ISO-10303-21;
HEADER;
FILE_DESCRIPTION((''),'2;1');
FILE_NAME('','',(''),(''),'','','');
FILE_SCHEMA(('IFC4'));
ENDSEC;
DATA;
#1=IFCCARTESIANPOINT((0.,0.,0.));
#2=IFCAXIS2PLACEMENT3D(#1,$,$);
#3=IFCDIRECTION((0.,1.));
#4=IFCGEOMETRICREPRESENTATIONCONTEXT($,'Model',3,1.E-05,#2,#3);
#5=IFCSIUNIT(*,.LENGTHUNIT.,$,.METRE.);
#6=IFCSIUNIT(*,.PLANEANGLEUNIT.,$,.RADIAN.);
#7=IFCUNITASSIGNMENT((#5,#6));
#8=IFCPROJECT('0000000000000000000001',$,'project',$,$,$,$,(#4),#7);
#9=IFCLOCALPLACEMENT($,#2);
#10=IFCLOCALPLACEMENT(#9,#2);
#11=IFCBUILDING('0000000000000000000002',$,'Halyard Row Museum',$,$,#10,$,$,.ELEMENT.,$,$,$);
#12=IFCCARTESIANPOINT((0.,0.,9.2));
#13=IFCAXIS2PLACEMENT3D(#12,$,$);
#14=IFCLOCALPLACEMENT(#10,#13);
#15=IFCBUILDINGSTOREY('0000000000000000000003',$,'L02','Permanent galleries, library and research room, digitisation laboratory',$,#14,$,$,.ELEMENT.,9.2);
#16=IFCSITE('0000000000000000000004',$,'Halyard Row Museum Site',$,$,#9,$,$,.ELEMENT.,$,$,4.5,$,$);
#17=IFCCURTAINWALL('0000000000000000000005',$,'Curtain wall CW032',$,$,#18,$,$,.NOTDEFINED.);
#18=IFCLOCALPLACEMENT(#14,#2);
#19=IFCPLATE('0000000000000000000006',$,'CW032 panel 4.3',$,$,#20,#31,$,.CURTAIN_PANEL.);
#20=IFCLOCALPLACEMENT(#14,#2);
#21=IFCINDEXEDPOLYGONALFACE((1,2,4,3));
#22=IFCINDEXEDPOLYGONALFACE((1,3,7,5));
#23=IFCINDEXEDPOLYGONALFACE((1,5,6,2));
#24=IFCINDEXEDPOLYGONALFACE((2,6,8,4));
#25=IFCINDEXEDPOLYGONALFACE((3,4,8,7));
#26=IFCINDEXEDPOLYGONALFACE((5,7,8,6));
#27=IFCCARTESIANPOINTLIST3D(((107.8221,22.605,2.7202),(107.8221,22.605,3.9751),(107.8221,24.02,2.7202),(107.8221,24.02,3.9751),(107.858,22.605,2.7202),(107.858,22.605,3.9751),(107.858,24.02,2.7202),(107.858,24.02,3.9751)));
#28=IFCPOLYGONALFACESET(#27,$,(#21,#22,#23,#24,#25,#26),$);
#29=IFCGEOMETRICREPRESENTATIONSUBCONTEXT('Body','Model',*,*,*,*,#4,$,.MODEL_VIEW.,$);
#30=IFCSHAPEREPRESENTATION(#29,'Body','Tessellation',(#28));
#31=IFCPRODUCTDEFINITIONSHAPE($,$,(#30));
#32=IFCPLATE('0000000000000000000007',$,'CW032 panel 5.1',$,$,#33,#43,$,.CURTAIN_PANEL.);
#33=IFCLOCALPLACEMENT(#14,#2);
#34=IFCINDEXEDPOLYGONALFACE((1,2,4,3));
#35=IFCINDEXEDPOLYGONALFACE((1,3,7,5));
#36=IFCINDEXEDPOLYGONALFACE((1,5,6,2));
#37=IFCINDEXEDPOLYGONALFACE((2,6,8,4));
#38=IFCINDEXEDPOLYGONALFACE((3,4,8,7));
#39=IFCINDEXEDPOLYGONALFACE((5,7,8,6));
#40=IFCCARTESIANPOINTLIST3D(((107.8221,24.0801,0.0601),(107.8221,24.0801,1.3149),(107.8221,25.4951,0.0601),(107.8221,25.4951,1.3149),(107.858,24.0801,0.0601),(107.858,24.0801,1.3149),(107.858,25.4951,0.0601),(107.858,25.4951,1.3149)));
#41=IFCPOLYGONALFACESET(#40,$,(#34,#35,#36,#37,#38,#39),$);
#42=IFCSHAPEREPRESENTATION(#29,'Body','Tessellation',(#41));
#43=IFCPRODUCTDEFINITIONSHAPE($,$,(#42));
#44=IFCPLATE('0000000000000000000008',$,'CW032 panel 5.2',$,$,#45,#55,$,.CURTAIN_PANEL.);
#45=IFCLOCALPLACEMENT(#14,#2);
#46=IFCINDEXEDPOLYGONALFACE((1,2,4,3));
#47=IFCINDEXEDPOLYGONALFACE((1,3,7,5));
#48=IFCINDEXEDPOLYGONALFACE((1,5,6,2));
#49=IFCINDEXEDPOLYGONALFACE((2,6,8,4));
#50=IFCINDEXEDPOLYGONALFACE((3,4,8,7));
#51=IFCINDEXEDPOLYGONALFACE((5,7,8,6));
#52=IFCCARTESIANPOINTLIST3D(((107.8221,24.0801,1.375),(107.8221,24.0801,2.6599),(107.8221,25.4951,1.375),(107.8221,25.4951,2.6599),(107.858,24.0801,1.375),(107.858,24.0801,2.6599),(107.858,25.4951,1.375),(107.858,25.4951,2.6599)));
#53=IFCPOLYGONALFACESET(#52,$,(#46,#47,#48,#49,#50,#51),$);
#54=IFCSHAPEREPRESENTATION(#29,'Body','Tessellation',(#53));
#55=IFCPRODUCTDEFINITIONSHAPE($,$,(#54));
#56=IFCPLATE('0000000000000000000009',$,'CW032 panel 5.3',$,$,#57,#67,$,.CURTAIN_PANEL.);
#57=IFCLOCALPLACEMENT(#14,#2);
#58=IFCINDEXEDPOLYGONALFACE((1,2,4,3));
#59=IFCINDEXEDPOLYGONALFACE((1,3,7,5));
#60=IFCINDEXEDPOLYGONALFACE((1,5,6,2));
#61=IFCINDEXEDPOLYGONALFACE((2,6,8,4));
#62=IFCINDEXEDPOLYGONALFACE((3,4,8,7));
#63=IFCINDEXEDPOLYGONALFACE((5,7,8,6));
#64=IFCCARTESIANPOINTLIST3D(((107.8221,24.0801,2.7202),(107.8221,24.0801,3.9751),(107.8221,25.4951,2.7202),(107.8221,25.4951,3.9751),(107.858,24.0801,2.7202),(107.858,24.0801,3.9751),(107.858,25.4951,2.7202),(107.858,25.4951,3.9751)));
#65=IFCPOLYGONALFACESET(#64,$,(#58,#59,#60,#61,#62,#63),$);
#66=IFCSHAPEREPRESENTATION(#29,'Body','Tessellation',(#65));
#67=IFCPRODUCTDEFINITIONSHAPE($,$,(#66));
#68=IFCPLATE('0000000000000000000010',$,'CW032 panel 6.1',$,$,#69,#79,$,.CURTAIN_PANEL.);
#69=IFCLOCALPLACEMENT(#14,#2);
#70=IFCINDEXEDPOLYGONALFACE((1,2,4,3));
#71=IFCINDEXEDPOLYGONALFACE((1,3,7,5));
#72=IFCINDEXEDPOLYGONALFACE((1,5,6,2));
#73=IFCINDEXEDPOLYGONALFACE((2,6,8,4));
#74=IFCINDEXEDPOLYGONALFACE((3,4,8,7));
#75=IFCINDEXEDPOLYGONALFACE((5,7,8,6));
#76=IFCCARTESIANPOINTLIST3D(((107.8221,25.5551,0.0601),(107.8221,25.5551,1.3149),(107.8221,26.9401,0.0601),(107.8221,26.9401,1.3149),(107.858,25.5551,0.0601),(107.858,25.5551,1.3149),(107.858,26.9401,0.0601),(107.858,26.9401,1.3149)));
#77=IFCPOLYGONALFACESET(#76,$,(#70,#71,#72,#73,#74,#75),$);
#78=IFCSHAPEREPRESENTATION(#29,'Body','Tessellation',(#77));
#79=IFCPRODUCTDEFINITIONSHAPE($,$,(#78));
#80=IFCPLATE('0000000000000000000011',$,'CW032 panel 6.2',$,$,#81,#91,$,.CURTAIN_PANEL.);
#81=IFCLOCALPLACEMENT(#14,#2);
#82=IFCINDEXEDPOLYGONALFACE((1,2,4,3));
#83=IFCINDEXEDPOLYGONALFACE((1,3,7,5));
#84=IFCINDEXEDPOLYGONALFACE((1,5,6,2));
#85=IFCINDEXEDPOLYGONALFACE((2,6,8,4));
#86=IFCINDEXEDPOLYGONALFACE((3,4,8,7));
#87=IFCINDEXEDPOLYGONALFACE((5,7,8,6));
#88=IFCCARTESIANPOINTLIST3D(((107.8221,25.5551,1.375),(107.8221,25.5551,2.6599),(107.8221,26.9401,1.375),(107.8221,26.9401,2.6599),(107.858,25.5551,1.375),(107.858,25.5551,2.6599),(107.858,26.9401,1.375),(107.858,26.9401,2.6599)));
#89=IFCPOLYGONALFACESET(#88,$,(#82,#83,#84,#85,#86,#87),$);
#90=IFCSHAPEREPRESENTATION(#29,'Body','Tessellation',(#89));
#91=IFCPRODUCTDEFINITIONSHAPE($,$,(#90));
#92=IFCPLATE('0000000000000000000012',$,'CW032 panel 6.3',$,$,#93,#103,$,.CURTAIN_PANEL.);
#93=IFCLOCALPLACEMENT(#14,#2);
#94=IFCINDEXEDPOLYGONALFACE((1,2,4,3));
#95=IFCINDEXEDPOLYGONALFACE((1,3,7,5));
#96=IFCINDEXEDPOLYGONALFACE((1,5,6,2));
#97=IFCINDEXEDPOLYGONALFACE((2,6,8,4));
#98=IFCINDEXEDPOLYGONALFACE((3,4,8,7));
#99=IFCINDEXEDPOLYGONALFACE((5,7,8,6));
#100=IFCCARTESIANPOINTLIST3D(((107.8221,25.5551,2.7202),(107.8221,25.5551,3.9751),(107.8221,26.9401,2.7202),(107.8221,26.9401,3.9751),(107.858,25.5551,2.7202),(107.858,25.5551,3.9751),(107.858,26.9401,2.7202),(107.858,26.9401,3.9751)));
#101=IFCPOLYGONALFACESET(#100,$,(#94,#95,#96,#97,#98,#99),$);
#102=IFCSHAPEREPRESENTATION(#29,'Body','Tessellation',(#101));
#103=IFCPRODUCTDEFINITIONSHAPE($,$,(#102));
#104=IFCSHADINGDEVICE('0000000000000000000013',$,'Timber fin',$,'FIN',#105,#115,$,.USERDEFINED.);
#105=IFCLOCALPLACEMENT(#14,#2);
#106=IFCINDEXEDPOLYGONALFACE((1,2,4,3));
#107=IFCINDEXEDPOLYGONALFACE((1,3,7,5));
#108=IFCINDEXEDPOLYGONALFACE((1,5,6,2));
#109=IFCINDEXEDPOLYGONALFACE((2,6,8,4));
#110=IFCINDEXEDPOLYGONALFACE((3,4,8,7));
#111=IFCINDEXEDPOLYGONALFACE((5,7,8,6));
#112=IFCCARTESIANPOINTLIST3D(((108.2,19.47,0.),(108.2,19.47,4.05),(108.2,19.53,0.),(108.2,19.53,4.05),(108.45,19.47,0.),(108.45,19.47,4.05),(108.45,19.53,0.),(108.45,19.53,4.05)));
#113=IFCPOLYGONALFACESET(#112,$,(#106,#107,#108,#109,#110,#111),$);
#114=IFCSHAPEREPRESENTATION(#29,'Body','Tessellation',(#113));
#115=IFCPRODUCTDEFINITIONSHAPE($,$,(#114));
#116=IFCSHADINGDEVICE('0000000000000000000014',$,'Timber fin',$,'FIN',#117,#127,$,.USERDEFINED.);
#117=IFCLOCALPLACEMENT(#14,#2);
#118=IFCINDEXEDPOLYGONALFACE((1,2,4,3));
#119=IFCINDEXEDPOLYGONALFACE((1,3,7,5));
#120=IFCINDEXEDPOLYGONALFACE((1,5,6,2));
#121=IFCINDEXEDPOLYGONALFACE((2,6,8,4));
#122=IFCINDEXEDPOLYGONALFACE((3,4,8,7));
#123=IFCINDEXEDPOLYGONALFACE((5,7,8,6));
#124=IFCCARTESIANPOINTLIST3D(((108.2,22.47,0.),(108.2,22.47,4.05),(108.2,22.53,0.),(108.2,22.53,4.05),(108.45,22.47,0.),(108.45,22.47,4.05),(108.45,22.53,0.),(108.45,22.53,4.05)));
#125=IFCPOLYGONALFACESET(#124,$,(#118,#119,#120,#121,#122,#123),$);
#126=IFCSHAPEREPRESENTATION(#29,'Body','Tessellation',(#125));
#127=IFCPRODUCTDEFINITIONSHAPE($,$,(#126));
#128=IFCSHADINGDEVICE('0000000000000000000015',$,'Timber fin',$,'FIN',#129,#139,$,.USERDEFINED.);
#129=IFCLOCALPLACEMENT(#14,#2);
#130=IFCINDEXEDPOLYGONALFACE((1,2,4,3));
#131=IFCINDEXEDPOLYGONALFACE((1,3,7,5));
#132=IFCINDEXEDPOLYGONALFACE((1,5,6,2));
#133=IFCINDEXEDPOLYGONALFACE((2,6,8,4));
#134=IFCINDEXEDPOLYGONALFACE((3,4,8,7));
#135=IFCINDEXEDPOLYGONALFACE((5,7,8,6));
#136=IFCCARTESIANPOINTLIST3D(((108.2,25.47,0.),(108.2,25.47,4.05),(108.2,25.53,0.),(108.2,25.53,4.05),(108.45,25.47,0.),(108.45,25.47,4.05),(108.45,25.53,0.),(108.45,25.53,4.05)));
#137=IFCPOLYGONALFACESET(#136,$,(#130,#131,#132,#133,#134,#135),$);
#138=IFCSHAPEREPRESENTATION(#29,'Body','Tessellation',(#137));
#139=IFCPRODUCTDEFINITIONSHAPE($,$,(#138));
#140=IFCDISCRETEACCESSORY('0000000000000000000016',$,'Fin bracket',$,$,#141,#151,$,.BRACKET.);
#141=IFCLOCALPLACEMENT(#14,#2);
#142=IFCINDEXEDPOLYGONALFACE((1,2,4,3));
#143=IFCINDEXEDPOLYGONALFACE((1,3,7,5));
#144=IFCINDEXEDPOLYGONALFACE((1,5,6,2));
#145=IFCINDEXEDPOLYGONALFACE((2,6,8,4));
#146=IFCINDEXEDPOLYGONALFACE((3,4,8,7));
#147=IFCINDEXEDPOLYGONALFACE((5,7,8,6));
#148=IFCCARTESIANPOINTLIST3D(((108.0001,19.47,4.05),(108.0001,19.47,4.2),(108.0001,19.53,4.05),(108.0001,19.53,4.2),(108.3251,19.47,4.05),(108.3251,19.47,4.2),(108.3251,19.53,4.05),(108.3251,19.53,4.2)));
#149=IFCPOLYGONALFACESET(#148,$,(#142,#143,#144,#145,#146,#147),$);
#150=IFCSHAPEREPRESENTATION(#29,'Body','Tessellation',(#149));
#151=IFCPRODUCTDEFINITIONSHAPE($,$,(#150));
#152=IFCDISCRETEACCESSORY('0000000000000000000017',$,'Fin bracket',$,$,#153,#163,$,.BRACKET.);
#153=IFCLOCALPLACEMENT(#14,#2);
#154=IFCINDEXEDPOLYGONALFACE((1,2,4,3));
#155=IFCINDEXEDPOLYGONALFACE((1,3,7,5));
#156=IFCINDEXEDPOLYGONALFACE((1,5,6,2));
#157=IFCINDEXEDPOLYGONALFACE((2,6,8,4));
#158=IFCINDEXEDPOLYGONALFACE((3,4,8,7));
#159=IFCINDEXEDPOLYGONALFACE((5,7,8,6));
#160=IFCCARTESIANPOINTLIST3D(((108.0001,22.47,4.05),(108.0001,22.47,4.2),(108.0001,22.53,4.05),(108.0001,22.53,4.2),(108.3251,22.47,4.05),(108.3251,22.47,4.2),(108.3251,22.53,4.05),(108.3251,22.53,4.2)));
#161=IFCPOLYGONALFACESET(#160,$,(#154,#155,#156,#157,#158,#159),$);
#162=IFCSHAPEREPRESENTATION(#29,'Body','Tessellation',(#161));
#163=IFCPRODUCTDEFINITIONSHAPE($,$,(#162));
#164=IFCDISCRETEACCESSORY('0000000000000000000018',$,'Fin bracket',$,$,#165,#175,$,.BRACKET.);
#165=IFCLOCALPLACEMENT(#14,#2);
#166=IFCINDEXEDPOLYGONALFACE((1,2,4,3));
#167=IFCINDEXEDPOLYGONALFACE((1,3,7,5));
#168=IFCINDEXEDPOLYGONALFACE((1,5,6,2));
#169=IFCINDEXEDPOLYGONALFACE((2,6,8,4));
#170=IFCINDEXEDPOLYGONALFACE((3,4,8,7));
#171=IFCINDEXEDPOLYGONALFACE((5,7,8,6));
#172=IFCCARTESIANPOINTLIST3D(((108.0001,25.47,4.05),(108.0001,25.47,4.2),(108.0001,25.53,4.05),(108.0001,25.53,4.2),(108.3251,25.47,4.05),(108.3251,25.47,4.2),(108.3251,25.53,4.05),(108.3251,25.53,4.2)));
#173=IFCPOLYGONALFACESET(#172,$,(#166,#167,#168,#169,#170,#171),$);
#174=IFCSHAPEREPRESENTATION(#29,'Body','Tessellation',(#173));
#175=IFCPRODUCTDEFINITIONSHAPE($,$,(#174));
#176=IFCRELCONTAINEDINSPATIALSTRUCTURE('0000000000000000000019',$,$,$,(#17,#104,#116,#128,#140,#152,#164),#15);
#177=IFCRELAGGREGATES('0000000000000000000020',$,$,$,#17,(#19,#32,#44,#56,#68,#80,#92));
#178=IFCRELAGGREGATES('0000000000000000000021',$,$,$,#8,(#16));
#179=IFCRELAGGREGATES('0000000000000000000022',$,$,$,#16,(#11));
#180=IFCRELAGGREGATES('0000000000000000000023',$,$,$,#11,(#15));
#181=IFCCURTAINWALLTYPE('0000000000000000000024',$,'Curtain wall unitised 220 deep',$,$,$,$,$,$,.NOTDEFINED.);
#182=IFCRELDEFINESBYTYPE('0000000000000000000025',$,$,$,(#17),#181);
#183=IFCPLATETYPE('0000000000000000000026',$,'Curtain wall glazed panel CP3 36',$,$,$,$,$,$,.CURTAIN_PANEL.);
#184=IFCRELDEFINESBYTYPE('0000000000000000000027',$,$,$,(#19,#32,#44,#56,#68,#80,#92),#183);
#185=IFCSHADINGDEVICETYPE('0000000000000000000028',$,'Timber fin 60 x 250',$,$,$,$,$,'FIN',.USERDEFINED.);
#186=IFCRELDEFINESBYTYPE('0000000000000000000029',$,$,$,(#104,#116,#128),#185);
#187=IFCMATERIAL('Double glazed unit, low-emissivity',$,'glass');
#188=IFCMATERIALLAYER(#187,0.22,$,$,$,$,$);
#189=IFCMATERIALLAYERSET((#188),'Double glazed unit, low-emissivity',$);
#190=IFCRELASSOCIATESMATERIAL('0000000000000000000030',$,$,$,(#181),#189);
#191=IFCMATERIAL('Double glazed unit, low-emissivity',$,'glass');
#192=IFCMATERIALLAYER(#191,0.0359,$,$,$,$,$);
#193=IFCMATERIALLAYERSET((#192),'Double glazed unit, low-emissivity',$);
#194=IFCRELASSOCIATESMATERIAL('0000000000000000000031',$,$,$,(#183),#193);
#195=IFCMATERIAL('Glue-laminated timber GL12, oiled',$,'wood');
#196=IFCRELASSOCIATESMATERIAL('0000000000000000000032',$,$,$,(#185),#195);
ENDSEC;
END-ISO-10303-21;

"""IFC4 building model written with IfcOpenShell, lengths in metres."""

from ifc_helpers import new_model, si_unit, direction, frame, origin, origin_2d, place, context, subcontext, project, spatial, rectangle, extrude, material, layer, layer_set, type_object, element, aggregate, save


model = new_model("IFC4")

# Units and contexts
model_context = context("Model", 3, precision=1e-05, world=origin(), true_north=direction((0.0, 1.0)))
body_context = subcontext(model_context, "Body", "Model", "MODEL_VIEW")
ifc_project = project(units=[si_unit("LENGTHUNIT", "METRE"), si_unit("PLANEANGLEUNIT", "RADIAN")], contexts=[model_context])

# Site, building, storey
site_placement = place(None, origin())
site = spatial("IfcSite", under=ifc_project, at=site_placement, Name="Halyard Row Museum Site", CompositionType="ELEMENT", RefElevation=4.5)
building_placement = place(site_placement, origin())
building = spatial("IfcBuilding", under=site, at=building_placement, Name="Halyard Row Museum", CompositionType="ELEMENT")
storey_placement = place(building_placement, frame((0.0, 0.0, 9.2)))
storey = spatial("IfcBuildingStorey", under=building, at=storey_placement, Name="L02", Description="Permanent galleries, library and research room, digitisation laboratory", CompositionType="ELEMENT", Elevation=9.2)

# Curtain wall, plates
ifc_material_1 = material(Name="Double glazed unit, low-emissivity", Category="glass")
ifc_layer_1 = layer(ifc_material_1, 0.22)
ifc_layer_set_1 = layer_set([ifc_layer_1], Name="Double glazed unit, low-emissivity")
curtain_wall_type = type_object("IfcCurtainWallType", Name="Curtain wall unitised 220 deep", PredefinedType="NOTDEFINED", material=ifc_layer_set_1)
curtain_wall_placement = place(storey_placement, origin())
curtain_wall = element("IfcCurtainWall", 1, at=curtain_wall_placement, inside=storey, type_object=curtain_wall_type, Name="Curtain wall CW032", PredefinedType="NOTDEFINED")
ifc_material_2 = material(Name="Double glazed unit, low-emissivity", Category="glass")
ifc_layer_2 = layer(ifc_material_2, 0.0359)
ifc_layer_set_2 = layer_set([ifc_layer_2], Name="Double glazed unit, low-emissivity")
plate_type = type_object("IfcPlateType", Name="Curtain wall glazed panel CP3 36", PredefinedType="CURTAIN_PANEL", material=ifc_layer_set_2)
plate_1_placement = place(storey_placement, frame((107.8401, 23.3125, 2.7202), z_axis=(0.0, 0.0, 1.0), x_axis=(0.0, 1.0, 0.0)))
plate_1 = element("IfcPlate", 2, at=plate_1_placement, type_object=plate_type, Name="CW032 panel 4.3", PredefinedType="CURTAIN_PANEL", context=body_context, shape_type="SweptSolid", body=[
    extrude(rectangle(XDim=1.415, YDim=0.0359, at=origin_2d()), origin(), (0.0, 0.0, 1.0), 1.2549),
])
plate_2_placement = place(storey_placement, frame((107.8401, 24.7876, 0.0601), z_axis=(0.0, 0.0, 1.0), x_axis=(0.0, 1.0, 0.0)))
plate_2 = element("IfcPlate", 3, at=plate_2_placement, type_object=plate_type, Name="CW032 panel 5.1", PredefinedType="CURTAIN_PANEL", context=body_context, shape_type="SweptSolid", body=[
    extrude(rectangle(XDim=1.415, YDim=0.0359, at=origin_2d()), origin(), (0.0, 0.0, 1.0), 1.2549),
])
plate_3_placement = place(storey_placement, frame((107.8401, 24.7876, 1.375), z_axis=(0.0, 0.0, 1.0), x_axis=(0.0, 1.0, 0.0)))
plate_3 = element("IfcPlate", 4, at=plate_3_placement, type_object=plate_type, Name="CW032 panel 5.2", PredefinedType="CURTAIN_PANEL", context=body_context, shape_type="SweptSolid", body=[
    extrude(rectangle(XDim=1.415, YDim=0.0359, at=origin_2d()), origin(), (0.0, 0.0, 1.0), 1.2849),
])
plate_4_placement = place(storey_placement, frame((107.8401, 24.7876, 2.7202), z_axis=(0.0, 0.0, 1.0), x_axis=(0.0, 1.0, 0.0)))
plate_4 = element("IfcPlate", 5, at=plate_4_placement, type_object=plate_type, Name="CW032 panel 5.3", PredefinedType="CURTAIN_PANEL", context=body_context, shape_type="SweptSolid", body=[
    extrude(rectangle(XDim=1.415, YDim=0.0359, at=origin_2d()), origin(), (0.0, 0.0, 1.0), 1.2549),
])
plate_5_placement = place(storey_placement, frame((107.8401, 26.2476, 0.0601), z_axis=(0.0, 0.0, 1.0), x_axis=(0.0, 1.0, 0.0)))
plate_5 = element("IfcPlate", 6, at=plate_5_placement, type_object=plate_type, Name="CW032 panel 6.1", PredefinedType="CURTAIN_PANEL", context=body_context, shape_type="SweptSolid", body=[
    extrude(rectangle(XDim=1.385, YDim=0.0359, at=origin_2d()), origin(), (0.0, 0.0, 1.0), 1.2549),
])
plate_6_placement = place(storey_placement, frame((107.8401, 26.2476, 1.375), z_axis=(0.0, 0.0, 1.0), x_axis=(0.0, 1.0, 0.0)))
plate_6 = element("IfcPlate", 7, at=plate_6_placement, type_object=plate_type, Name="CW032 panel 6.2", PredefinedType="CURTAIN_PANEL", context=body_context, shape_type="SweptSolid", body=[
    extrude(rectangle(XDim=1.385, YDim=0.0359, at=origin_2d()), origin(), (0.0, 0.0, 1.0), 1.2849),
])
plate_7_placement = place(storey_placement, frame((107.8401, 26.2476, 2.7202), z_axis=(0.0, 0.0, 1.0), x_axis=(0.0, 1.0, 0.0)))
plate_7 = element("IfcPlate", 8, at=plate_7_placement, type_object=plate_type, Name="CW032 panel 6.3", PredefinedType="CURTAIN_PANEL", context=body_context, shape_type="SweptSolid", body=[
    extrude(rectangle(XDim=1.385, YDim=0.0359, at=origin_2d()), origin(), (0.0, 0.0, 1.0), 1.2549),
])
aggregate(curtain_wall, [plate_1, plate_2, plate_3, plate_4, plate_5, plate_6, plate_7])

# Shading devices
ifc_material_3 = material(Name="Glue-laminated timber GL12, oiled", Category="wood")
shading_device_type = type_object("IfcShadingDeviceType", Name="Timber fin 60 x 250", ElementType="FIN", PredefinedType="USERDEFINED", material=ifc_material_3)
for number, where, z_axis, x_axis, name in (
    (9, (108.325, 19.5, 0.0), (0.0, 0.0, 1.0), (1.0, 0.0, 0.0), "Timber fin"),
    (10, (108.325, 22.5, 0.0), (0.0, 0.0, 1.0), (1.0, 0.0, 0.0), "Timber fin"),
    (11, (108.325, 25.5, 0.0), (0.0, 0.0, 1.0), (1.0, 0.0, 0.0), "Timber fin"),
):
    element("IfcShadingDevice", number, at=place(storey_placement, frame(where, z_axis=z_axis, x_axis=x_axis)), inside=storey, type_object=shading_device_type, Name=name, ObjectType="FIN", PredefinedType="USERDEFINED", context=body_context, shape_type="SweptSolid", body=[
        extrude(rectangle(XDim=0.25, YDim=0.0601, at=origin_2d()), origin(), (0.0, 0.0, 1.0), 4.05),
    ])

# Discrete accessories
for number, where, z_axis, x_axis, name in (
    (12, (108.1626, 19.5, 4.05), (0.0, 0.0, 1.0), (1.0, 0.0, 0.0), "Fin bracket"),
    (13, (108.1626, 22.5, 4.05), (0.0, 0.0, 1.0), (1.0, 0.0, 0.0), "Fin bracket"),
    (14, (108.1626, 25.5, 4.05), (0.0, 0.0, 1.0), (1.0, 0.0, 0.0), "Fin bracket"),
):
    element("IfcDiscreteAccessory", number, at=place(storey_placement, frame(where, z_axis=z_axis, x_axis=x_axis)), inside=storey, Name=name, PredefinedType="BRACKET", context=body_context, shape_type="SweptSolid", body=[
        extrude(rectangle(XDim=0.325, YDim=0.0601, at=origin_2d()), origin(), (0.0, 0.0, 1.0), 0.1499),
    ])

save(model, "model.ifc")
